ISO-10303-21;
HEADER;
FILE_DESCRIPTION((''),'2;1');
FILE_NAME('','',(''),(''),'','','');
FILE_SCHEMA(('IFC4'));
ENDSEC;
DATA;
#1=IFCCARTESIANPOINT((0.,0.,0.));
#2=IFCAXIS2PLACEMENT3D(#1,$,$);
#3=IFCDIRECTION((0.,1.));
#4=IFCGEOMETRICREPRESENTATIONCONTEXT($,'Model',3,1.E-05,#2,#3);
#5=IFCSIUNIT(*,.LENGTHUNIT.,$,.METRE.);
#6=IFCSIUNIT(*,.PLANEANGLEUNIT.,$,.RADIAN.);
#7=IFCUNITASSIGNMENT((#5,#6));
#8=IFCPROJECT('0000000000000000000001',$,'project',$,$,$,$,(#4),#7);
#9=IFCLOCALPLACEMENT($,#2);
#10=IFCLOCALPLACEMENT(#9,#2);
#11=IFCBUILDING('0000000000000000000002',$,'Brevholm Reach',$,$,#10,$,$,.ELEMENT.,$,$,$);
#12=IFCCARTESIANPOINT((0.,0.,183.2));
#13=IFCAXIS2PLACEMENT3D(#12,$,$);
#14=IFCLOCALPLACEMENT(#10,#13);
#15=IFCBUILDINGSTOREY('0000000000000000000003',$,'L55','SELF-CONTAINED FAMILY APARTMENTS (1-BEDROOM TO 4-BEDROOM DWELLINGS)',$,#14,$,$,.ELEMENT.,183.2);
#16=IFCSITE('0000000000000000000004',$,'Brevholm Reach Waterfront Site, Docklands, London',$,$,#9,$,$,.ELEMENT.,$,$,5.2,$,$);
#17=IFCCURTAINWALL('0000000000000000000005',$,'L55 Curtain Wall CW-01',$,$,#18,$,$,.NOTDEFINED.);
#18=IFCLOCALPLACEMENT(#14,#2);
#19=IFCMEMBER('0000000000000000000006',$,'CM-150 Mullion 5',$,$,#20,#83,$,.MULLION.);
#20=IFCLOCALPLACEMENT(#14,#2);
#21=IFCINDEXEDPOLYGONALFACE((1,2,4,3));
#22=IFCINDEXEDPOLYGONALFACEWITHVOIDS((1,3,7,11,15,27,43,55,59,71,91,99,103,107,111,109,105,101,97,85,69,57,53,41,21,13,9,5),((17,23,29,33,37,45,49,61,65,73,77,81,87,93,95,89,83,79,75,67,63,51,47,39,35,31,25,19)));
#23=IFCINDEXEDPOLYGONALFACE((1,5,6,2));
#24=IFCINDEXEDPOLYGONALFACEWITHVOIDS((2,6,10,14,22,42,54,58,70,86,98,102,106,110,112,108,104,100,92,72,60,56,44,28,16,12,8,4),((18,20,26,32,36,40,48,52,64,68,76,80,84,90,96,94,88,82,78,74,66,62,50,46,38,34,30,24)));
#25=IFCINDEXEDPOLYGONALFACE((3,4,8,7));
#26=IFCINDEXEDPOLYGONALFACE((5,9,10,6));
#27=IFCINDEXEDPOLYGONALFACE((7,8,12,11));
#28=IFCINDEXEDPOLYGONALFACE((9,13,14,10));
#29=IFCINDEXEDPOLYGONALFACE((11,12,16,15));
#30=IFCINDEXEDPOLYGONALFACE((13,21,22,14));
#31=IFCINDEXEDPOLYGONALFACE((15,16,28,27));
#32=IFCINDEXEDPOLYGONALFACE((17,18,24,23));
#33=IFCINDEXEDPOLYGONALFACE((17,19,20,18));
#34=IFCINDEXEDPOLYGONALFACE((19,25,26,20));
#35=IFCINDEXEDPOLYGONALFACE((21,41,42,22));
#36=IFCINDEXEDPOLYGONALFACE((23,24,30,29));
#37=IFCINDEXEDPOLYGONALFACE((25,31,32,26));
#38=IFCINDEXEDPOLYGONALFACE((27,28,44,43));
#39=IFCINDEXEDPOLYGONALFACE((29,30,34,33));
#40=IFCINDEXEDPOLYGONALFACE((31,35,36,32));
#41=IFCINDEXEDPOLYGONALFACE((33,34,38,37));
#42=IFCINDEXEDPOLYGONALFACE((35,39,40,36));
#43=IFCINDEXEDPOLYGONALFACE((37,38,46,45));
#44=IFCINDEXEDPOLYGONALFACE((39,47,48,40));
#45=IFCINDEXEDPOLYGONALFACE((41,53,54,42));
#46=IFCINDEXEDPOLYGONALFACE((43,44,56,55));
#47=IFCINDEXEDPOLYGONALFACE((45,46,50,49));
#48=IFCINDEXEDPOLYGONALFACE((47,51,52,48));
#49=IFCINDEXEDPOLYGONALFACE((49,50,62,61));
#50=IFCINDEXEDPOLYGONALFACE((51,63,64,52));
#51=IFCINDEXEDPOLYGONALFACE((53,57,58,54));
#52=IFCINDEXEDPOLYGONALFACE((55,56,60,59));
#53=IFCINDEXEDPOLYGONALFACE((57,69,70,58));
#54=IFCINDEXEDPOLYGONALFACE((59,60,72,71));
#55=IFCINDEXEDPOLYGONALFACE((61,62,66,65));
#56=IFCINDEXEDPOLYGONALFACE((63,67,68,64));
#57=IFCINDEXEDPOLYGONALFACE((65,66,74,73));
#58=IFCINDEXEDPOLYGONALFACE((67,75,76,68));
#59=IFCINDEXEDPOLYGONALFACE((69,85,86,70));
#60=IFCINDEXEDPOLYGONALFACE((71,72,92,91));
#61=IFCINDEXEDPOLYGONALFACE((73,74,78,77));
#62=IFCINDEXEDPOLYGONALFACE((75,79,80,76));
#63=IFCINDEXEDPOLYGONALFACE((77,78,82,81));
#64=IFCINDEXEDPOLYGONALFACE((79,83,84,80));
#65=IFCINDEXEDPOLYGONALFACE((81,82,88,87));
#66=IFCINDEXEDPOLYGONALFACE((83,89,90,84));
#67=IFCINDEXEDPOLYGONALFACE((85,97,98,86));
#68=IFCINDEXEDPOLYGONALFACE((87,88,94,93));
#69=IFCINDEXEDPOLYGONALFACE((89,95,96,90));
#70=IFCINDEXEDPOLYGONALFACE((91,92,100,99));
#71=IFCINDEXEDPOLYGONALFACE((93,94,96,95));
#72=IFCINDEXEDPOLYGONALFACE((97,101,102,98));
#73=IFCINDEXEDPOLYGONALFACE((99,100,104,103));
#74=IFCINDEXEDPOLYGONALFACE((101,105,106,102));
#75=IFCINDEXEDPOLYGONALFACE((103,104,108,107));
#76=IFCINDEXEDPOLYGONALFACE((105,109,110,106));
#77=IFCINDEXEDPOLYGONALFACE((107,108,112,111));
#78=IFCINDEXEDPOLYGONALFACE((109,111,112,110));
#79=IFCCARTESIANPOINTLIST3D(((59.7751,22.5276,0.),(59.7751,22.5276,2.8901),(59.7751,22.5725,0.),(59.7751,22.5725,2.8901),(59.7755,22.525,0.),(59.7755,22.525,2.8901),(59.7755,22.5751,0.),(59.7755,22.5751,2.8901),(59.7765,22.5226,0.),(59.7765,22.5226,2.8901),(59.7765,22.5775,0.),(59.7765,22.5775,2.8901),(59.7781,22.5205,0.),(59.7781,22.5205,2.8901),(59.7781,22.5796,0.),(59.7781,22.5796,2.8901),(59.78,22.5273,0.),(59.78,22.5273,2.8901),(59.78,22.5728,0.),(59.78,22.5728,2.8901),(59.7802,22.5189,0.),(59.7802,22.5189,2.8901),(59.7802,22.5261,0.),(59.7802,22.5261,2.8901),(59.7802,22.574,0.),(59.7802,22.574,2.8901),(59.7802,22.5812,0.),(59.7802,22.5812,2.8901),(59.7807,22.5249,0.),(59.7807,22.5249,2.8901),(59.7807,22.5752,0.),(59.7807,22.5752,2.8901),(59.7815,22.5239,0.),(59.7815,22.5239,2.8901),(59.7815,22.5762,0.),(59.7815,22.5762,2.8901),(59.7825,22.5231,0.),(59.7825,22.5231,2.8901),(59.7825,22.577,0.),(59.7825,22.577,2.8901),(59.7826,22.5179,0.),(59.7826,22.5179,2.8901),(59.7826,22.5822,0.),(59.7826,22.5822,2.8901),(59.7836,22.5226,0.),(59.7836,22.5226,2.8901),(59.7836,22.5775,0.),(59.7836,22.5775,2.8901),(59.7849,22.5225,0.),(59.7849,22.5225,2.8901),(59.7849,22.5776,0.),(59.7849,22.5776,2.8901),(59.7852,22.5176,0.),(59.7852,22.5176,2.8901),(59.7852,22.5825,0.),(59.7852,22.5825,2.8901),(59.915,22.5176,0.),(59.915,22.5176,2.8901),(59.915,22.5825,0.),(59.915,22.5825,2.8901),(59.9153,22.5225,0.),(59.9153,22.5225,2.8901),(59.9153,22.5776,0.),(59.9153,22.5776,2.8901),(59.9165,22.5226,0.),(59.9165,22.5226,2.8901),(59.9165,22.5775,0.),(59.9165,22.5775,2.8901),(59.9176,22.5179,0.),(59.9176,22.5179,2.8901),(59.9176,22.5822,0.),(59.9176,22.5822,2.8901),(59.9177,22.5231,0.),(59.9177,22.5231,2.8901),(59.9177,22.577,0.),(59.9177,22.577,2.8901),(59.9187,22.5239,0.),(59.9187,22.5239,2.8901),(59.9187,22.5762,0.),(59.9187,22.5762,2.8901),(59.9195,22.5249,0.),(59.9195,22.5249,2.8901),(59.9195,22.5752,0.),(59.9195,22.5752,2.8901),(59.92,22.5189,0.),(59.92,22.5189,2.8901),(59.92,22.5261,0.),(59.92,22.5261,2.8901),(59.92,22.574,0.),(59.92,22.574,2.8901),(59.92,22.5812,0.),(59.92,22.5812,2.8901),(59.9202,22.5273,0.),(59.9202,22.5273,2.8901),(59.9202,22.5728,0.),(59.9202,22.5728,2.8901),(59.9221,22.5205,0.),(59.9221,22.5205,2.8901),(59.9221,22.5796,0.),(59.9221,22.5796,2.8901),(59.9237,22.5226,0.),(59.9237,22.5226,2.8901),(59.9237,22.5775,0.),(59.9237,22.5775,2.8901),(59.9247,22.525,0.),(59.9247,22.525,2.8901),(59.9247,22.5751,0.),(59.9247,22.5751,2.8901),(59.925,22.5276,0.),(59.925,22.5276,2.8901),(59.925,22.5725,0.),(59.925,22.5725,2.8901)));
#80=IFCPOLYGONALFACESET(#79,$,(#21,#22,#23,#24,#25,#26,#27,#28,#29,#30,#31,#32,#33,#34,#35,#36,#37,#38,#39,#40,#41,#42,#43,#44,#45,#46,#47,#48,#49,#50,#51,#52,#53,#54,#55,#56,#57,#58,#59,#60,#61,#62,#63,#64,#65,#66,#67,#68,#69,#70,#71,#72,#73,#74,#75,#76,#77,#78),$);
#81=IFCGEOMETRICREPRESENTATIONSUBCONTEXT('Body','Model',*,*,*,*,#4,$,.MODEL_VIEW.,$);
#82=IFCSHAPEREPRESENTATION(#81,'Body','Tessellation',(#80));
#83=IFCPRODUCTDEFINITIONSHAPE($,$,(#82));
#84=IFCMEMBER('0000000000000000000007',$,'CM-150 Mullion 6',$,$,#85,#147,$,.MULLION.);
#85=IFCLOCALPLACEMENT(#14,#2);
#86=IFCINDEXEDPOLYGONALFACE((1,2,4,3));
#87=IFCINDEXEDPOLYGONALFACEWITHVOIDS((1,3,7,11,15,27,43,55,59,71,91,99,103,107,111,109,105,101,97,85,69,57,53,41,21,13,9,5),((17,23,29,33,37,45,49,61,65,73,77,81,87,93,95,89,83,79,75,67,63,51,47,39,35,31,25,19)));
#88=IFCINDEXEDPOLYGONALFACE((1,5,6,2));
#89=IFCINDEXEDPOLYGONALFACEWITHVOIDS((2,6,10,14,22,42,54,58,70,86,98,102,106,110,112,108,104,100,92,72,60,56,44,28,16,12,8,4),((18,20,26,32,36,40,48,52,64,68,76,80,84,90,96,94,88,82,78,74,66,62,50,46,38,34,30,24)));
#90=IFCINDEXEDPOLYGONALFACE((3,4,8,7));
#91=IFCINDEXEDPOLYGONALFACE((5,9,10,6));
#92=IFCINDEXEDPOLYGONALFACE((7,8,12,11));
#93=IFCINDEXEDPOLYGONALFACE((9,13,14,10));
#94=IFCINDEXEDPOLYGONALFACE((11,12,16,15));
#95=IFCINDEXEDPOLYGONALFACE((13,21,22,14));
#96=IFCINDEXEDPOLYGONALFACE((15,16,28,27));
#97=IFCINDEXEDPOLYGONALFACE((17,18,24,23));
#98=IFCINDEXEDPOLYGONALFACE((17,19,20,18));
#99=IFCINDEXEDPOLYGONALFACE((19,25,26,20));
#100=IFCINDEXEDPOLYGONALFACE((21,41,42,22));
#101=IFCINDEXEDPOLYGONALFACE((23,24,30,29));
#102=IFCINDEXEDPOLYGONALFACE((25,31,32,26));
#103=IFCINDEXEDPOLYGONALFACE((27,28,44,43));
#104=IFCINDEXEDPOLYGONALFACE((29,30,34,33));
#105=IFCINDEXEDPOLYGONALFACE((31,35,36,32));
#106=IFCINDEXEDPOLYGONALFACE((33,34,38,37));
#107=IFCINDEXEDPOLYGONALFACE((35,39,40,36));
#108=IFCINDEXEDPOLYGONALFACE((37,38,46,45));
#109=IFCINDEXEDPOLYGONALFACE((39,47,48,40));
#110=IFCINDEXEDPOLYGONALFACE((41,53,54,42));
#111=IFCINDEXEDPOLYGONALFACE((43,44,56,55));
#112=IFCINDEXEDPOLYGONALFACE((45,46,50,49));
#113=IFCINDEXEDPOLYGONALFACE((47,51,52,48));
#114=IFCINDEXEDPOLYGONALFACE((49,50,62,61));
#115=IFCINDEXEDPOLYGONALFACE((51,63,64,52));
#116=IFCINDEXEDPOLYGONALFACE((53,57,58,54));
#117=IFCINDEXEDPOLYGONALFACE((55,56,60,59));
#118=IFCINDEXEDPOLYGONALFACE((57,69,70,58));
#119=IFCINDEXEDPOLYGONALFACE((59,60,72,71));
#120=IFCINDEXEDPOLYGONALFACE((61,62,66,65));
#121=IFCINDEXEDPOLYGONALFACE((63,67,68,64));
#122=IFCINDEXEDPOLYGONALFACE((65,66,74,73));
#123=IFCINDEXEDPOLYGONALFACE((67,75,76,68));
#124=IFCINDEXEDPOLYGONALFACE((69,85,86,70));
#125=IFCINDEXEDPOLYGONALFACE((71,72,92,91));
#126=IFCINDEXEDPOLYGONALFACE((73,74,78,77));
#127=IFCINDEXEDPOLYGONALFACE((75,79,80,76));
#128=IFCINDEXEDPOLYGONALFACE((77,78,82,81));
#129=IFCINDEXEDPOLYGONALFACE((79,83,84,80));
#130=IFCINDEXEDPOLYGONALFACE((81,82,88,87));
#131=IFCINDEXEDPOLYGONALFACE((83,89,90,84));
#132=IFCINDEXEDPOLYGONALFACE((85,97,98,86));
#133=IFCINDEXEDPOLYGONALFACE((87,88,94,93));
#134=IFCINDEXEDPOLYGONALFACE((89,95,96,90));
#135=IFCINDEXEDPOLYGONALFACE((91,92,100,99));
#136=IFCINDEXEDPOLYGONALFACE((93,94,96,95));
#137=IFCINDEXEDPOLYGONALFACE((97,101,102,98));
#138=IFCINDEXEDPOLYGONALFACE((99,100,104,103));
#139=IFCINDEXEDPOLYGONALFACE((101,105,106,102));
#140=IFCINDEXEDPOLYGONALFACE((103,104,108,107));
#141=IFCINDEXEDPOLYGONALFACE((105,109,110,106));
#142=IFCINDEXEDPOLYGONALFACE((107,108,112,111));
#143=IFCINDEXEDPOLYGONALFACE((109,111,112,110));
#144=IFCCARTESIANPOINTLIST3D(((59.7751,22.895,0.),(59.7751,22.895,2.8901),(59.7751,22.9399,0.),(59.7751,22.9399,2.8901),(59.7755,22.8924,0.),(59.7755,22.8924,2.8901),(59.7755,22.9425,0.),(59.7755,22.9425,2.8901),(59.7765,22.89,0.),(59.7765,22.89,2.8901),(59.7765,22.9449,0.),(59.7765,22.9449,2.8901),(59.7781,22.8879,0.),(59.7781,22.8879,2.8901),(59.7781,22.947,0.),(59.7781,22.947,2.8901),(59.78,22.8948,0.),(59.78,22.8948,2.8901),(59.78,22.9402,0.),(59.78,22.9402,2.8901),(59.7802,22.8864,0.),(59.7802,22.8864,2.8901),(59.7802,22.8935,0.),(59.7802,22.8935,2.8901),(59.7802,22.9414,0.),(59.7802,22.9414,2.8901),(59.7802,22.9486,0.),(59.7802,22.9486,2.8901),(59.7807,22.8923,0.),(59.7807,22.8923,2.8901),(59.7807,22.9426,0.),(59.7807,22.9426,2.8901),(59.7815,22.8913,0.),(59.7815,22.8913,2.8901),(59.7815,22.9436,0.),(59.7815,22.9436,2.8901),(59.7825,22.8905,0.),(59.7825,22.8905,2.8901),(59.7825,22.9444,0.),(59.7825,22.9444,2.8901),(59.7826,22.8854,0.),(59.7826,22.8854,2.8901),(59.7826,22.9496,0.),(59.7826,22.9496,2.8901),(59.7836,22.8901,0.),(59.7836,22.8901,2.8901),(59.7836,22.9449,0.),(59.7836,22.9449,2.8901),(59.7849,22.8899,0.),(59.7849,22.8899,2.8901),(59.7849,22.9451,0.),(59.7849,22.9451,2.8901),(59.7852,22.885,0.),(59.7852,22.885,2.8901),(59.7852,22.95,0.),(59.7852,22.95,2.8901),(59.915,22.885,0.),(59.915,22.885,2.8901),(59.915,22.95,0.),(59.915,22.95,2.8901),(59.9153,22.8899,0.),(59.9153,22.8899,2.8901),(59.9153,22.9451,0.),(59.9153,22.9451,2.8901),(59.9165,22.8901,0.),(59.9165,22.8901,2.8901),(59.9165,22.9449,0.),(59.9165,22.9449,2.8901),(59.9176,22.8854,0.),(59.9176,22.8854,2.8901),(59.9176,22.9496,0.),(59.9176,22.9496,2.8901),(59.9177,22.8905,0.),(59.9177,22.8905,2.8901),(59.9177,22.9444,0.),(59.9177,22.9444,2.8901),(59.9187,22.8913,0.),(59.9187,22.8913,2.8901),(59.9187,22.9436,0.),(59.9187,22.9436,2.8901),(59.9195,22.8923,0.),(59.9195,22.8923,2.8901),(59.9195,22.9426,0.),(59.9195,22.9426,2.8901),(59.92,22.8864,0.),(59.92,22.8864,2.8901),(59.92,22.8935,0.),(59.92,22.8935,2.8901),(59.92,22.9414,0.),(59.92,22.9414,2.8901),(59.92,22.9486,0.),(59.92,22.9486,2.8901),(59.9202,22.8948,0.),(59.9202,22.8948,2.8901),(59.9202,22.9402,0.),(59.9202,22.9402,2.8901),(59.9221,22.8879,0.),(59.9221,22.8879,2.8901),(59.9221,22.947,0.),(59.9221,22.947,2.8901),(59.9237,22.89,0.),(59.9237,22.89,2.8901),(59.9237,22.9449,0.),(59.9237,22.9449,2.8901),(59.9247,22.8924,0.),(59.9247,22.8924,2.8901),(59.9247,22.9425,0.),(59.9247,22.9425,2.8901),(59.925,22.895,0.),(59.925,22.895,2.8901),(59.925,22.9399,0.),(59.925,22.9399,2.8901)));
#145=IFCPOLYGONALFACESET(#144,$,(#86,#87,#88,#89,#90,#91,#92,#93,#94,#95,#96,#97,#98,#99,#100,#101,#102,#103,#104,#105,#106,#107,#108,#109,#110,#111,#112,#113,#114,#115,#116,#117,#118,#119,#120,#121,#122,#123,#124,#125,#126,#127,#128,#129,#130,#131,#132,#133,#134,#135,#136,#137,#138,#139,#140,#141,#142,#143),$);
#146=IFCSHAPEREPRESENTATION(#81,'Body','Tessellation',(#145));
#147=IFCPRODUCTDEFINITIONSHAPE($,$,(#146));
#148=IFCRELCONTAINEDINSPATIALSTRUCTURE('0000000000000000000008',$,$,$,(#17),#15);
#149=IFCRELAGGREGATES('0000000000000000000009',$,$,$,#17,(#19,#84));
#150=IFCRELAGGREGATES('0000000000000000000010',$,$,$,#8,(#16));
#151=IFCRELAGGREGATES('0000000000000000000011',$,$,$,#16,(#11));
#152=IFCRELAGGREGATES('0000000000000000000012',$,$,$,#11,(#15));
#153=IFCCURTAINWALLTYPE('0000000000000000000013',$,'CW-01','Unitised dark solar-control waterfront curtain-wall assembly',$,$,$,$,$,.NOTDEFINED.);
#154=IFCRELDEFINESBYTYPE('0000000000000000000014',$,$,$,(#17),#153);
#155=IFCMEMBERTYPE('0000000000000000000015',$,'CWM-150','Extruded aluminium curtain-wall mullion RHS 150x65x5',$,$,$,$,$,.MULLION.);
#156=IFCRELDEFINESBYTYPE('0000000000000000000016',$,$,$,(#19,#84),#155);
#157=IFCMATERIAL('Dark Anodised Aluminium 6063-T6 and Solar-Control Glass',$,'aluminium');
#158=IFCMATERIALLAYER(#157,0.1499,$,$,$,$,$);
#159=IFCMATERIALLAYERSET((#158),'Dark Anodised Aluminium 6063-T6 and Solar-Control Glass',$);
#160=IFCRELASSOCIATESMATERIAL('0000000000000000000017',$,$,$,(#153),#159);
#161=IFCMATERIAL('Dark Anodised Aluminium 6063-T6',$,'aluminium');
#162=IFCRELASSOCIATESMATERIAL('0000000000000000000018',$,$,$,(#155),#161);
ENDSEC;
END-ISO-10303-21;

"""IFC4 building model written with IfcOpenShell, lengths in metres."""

from ifc_helpers import new_model, si_unit, direction, frame, origin, origin_2d, place, context, subcontext, project, spatial, hollow_rectangle, extrude, material, layer, layer_set, material_profile, profile_set, type_object, element, aggregate, save


model = new_model("IFC4")

# Units and contexts
model_context = context("Model", 3, precision=1e-05, world=origin(), true_north=direction((0.0, 1.0)))
body_context = subcontext(model_context, "Body", "Model", "MODEL_VIEW")
ifc_project = project(units=[si_unit("LENGTHUNIT", "METRE"), si_unit("PLANEANGLEUNIT", "RADIAN")], contexts=[model_context])

# Site, building, storey
site_placement = place(None, origin())
site = spatial("IfcSite", under=ifc_project, at=site_placement, Name="Brevholm Reach Waterfront Site, Docklands, London", CompositionType="ELEMENT", RefElevation=5.2)
building_placement = place(site_placement, origin())
building = spatial("IfcBuilding", under=site, at=building_placement, Name="Brevholm Reach", CompositionType="ELEMENT")
storey_placement = place(building_placement, frame((0.0, 0.0, 183.2)))
storey = spatial("IfcBuildingStorey", under=building, at=storey_placement, Name="L55", Description="SELF-CONTAINED FAMILY APARTMENTS (1-BEDROOM TO 4-BEDROOM DWELLINGS)", CompositionType="ELEMENT", Elevation=183.2)

# Curtain wall, members
ifc_material_1 = material(Name="Dark Anodised Aluminium 6063-T6 and Solar-Control Glass", Category="aluminium")
ifc_layer_1 = layer(ifc_material_1, 0.1499)
ifc_layer_set_1 = layer_set([ifc_layer_1], Name="Dark Anodised Aluminium 6063-T6 and Solar-Control Glass")
curtain_wall_type = type_object("IfcCurtainWallType", Name="CW-01", Description="Unitised dark solar-control waterfront curtain-wall assembly", PredefinedType="NOTDEFINED", material=ifc_layer_set_1)
curtain_wall_placement = place(storey_placement, origin())
curtain_wall = element("IfcCurtainWall", 1, at=curtain_wall_placement, inside=storey, type_object=curtain_wall_type, Name="L55 Curtain Wall CW-01", PredefinedType="NOTDEFINED")
ifc_material_2 = material(Name="Dark Anodised Aluminium 6063-T6", Category="aluminium")
ifc_material_profile_1 = material_profile(ifc_material_2, hollow_rectangle(XDim=0.0649, YDim=0.1499, WallThickness=0.0049, InnerFilletRadius=0.0049, OuterFilletRadius=0.01, at=origin_2d()), Name="RHS 150x65x5")
ifc_profile_set_1 = profile_set([ifc_material_profile_1], Name="Dark Anodised Aluminium 6063-T6")
member_type_1 = type_object("IfcMemberType", Name="CWM-150", Description="Extruded aluminium curtain-wall mullion RHS 150x65x5", PredefinedType="MULLION", material=ifc_profile_set_1)
member_1_placement = place(storey_placement, frame((59.8501, 22.55, 0.0), z_axis=(0.0, 0.0, 1.0), x_axis=(0.0, 1.0, 0.0)))
member_1 = element("IfcMember", 2, at=member_1_placement, type_object=member_type_1, Name="CM-150 Mullion 5", PredefinedType="MULLION", context=body_context, shape_type="SweptSolid", body=[
    extrude(hollow_rectangle(XDim=0.0649, YDim=0.1499, WallThickness=0.0049, InnerFilletRadius=0.0049, OuterFilletRadius=0.01, at=origin_2d()), origin(), (0.0, 0.0, 1.0), 2.8901),
])
member_2_placement = place(storey_placement, frame((59.8501, 22.9175, 0.0), z_axis=(0.0, 0.0, 1.0), x_axis=(0.0, 1.0, 0.0)))
member_2 = element("IfcMember", 3, at=member_2_placement, type_object=member_type_1, Name="CM-150 Mullion 6", PredefinedType="MULLION", context=body_context, shape_type="SweptSolid", body=[
    extrude(hollow_rectangle(XDim=0.0649, YDim=0.1499, WallThickness=0.0049, InnerFilletRadius=0.0049, OuterFilletRadius=0.01, at=origin_2d()), origin(), (0.0, 0.0, 1.0), 2.8901),
])
aggregate(curtain_wall, [member_1, member_2])

save(model, "model.ifc")
